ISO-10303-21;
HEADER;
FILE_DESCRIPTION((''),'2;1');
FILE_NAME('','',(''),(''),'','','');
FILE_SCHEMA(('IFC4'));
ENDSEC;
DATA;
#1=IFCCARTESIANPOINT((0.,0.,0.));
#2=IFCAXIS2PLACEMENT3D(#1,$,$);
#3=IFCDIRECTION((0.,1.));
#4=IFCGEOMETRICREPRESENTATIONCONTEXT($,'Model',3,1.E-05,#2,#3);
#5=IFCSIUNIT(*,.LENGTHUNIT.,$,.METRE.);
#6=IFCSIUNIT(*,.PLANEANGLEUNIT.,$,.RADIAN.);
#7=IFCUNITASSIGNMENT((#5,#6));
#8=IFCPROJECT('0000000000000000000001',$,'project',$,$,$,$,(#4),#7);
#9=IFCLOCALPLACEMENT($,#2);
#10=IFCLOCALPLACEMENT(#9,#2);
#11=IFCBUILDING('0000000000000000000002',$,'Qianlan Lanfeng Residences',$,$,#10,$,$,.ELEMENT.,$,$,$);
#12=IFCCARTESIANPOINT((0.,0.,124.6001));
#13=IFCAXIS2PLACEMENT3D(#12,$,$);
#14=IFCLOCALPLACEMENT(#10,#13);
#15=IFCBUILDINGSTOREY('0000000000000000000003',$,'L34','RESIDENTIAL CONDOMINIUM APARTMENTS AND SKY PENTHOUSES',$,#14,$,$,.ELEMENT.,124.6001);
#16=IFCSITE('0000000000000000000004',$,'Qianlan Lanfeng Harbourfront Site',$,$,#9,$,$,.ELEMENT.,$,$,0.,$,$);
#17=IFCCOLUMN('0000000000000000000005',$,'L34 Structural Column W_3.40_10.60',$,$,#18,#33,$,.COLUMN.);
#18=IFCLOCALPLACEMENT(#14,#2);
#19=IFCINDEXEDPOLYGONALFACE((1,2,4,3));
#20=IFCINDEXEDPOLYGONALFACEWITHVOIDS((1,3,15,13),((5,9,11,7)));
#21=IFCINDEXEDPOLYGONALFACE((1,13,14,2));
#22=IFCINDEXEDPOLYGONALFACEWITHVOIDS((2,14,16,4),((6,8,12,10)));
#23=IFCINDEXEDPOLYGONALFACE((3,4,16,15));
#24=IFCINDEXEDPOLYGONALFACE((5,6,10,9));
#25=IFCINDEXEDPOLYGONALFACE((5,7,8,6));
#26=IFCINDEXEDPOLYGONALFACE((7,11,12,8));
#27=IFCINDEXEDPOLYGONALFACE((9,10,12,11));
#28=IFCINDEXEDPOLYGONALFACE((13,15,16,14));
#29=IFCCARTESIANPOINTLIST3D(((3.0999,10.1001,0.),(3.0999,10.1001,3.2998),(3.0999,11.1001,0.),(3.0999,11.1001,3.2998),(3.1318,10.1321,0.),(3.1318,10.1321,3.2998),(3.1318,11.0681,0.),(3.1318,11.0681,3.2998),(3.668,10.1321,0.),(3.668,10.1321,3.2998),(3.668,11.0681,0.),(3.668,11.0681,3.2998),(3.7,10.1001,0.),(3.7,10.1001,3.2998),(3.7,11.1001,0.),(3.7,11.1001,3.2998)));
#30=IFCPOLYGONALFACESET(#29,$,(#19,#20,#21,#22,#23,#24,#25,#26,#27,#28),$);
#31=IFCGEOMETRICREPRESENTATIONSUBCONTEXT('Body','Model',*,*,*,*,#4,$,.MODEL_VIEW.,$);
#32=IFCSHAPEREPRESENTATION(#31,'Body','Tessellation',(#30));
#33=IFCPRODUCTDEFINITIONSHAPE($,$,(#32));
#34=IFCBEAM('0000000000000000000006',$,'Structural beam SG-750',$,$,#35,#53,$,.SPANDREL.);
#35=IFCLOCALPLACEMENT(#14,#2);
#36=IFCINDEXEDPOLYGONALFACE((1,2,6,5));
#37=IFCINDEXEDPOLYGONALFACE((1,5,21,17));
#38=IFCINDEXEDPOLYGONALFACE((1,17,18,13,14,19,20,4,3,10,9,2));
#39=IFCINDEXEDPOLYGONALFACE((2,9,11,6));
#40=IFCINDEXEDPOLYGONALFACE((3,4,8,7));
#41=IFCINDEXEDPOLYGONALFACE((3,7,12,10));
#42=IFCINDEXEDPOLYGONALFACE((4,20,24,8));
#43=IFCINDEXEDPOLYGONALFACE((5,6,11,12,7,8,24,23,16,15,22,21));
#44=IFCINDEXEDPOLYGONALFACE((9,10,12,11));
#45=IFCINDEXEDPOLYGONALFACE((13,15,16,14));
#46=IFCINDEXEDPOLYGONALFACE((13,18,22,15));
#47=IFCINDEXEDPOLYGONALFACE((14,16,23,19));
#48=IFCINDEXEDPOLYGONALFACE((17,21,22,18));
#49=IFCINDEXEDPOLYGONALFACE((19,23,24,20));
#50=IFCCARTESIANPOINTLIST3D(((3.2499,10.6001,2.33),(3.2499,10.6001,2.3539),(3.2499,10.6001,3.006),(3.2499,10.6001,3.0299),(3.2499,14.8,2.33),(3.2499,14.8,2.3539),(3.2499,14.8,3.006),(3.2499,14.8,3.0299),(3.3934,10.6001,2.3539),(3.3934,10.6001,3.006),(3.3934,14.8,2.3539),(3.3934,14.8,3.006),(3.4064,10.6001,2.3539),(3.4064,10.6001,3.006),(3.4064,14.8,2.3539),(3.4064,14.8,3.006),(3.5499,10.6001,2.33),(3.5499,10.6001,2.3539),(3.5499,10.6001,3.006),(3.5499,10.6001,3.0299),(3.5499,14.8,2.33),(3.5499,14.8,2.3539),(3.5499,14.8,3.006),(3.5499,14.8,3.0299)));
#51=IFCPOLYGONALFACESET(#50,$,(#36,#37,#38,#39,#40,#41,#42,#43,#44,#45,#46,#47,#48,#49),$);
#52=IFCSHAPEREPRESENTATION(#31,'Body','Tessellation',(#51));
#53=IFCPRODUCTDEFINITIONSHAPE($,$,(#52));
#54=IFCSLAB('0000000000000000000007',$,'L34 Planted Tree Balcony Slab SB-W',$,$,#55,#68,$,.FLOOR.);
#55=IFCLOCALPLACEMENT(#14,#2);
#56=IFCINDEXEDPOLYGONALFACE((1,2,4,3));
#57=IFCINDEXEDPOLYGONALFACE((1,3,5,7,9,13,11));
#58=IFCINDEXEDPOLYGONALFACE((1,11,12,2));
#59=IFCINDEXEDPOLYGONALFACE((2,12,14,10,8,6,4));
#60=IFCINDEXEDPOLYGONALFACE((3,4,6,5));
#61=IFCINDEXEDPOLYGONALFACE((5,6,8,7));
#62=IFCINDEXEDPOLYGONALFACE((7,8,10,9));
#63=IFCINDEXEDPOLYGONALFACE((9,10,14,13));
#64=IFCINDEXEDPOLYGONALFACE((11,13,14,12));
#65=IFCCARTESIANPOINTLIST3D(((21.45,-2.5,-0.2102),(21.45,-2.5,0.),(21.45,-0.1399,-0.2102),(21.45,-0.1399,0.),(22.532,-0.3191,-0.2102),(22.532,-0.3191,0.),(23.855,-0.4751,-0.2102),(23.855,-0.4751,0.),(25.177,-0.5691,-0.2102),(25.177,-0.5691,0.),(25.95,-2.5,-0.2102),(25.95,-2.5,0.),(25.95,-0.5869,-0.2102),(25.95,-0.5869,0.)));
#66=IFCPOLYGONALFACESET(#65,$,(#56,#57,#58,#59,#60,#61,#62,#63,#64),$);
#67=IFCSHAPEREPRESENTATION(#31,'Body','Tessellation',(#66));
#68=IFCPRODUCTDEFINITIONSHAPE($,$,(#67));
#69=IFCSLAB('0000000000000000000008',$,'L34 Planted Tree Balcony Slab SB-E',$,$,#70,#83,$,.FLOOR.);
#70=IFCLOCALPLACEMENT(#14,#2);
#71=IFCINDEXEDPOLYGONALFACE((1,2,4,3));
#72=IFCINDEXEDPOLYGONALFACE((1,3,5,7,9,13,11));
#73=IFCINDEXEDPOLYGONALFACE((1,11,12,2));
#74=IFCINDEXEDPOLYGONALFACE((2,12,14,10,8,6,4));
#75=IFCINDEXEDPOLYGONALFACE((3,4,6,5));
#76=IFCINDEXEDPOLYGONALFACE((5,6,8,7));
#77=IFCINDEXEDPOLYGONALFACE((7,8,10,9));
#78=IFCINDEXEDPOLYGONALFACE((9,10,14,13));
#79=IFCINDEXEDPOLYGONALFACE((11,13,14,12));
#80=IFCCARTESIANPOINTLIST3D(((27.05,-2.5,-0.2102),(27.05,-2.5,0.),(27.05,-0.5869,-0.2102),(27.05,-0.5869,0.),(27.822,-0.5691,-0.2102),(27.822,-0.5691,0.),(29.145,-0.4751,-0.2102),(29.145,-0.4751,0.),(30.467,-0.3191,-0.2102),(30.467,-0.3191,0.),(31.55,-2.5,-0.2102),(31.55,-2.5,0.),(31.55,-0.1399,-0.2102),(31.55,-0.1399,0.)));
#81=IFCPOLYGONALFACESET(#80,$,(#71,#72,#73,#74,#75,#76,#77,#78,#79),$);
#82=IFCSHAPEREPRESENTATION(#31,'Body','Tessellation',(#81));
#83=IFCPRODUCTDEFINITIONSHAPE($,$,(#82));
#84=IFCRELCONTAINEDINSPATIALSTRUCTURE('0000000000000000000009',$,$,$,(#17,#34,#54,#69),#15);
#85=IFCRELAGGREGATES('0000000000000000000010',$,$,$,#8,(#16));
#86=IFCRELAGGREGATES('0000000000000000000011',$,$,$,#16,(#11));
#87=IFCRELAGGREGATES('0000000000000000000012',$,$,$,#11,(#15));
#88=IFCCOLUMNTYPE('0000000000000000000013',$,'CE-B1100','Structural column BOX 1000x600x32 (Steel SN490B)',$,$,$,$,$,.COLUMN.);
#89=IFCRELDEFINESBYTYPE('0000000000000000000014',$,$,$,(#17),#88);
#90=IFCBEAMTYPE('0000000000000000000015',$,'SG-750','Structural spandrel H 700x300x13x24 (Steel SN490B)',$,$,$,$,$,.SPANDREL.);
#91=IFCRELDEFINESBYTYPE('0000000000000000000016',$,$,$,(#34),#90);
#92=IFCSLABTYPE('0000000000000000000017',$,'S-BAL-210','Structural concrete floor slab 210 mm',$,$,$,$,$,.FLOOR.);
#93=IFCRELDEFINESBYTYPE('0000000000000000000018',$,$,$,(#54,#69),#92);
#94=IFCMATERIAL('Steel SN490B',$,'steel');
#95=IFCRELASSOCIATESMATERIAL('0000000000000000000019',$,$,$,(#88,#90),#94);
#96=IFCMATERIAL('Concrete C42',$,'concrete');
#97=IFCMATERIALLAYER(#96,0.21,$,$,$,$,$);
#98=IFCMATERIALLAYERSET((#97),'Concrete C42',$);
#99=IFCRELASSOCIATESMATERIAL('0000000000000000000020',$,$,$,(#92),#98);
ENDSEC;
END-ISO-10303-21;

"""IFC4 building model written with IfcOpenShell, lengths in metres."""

from ifc_helpers import new_model, si_unit, direction, frame, origin, origin_2d, place, context, subcontext, project, spatial, polyline, hollow_rectangle, i_section, outline, extrude, material, layer, layer_set, material_profile, profile_set, type_object, element, save


model = new_model("IFC4")

# Units and contexts
model_context = context("Model", 3, precision=1e-05, world=origin(), true_north=direction((0.0, 1.0)))
body_context = subcontext(model_context, "Body", "Model", "MODEL_VIEW")
ifc_project = project(units=[si_unit("LENGTHUNIT", "METRE"), si_unit("PLANEANGLEUNIT", "RADIAN")], contexts=[model_context])

# Site, building, storey
site_placement = place(None, origin())
site = spatial("IfcSite", under=ifc_project, at=site_placement, Name="Qianlan Lanfeng Harbourfront Site", CompositionType="ELEMENT", RefElevation=0.0)
building_placement = place(site_placement, origin())
building = spatial("IfcBuilding", under=site, at=building_placement, Name="Qianlan Lanfeng Residences", CompositionType="ELEMENT")
storey_placement = place(building_placement, frame((0.0, 0.0, 124.6001)))
storey = spatial("IfcBuildingStorey", under=building, at=storey_placement, Name="L34", Description="RESIDENTIAL CONDOMINIUM APARTMENTS AND SKY PENTHOUSES", CompositionType="ELEMENT", Elevation=124.6001)

# Column
ifc_material_1 = material(Name="Steel SN490B", Category="steel")
ifc_material_profile_1 = material_profile(ifc_material_1, hollow_rectangle(XDim=0.6001, YDim=1.0, WallThickness=0.032, at=origin_2d()), Name="BOX 1000x600x32")
ifc_profile_set_1 = profile_set([ifc_material_profile_1], Name="Steel SN490B")
column_type = type_object("IfcColumnType", Name="CE-B1100", Description="Structural column BOX 1000x600x32 (Steel SN490B)", PredefinedType="COLUMN", material=ifc_profile_set_1)
column_placement = place(storey_placement, frame((3.3999, 10.6001, 0.0), z_axis=(0.0, 0.0, 1.0), x_axis=(1.0, 0.0, 0.0)))
element("IfcColumn", 1, at=column_placement, inside=storey, type_object=column_type, Name="L34 Structural Column W_3.40_10.60", PredefinedType="COLUMN", context=body_context, shape_type="SweptSolid", body=[
    extrude(hollow_rectangle(XDim=0.6001, YDim=1.0, WallThickness=0.032, at=origin_2d()), origin(), (0.0, 0.0, 1.0), 3.2998),
])

# Beam
ifc_material_profile_2 = material_profile(ifc_material_1, i_section(OverallWidth=0.3, OverallDepth=0.7, WebThickness=0.0129, FlangeThickness=0.0239, at=origin_2d()), Name="H 700x300x13x24")
ifc_profile_set_2 = profile_set([ifc_material_profile_2], Name="Steel SN490B")
beam_type = type_object("IfcBeamType", Name="SG-750", Description="Structural spandrel H 700x300x13x24 (Steel SN490B)", PredefinedType="SPANDREL", material=ifc_profile_set_2)
beam_placement = place(storey_placement, frame((3.3999, 10.6001, 2.6799), z_axis=(0.0, 1.0, 0.0), x_axis=(-1.0, 0.0, 0.0)))
element("IfcBeam", 2, at=beam_placement, inside=storey, type_object=beam_type, Name="Structural beam SG-750", PredefinedType="SPANDREL", context=body_context, shape_type="SweptSolid", body=[
    extrude(i_section(OverallWidth=0.3, OverallDepth=0.7, WebThickness=0.0129, FlangeThickness=0.0239, at=origin_2d()), origin(), (0.0, 0.0, 1.0), 4.2),
])

# Slabs
ifc_material_2 = material(Name="Concrete C42", Category="concrete")
ifc_layer_1 = layer(ifc_material_2, 0.21)
ifc_layer_set_1 = layer_set([ifc_layer_1], Name="Concrete C42")
slab_type_1 = type_object("IfcSlabType", Name="S-BAL-210", Description="Structural concrete floor slab 210 mm", PredefinedType="FLOOR", material=ifc_layer_set_1)
slab_1_placement = place(storey_placement, frame((0.0, 0.0, -0.2102)))
element("IfcSlab", 3, at=slab_1_placement, inside=storey, type_object=slab_type_1, Name="L34 Planted Tree Balcony Slab SB-W", PredefinedType="FLOOR", context=body_context, shape_type="SweptSolid", body=[
    extrude(outline(polyline([(25.95, -0.5869), (25.177, -0.5691), (23.855, -0.4751), (22.532, -0.3191), (21.45, -0.1399), (21.45, -2.5), (25.95, -2.5), (25.95, -0.5869)])), origin(), (0.0, 0.0, 1.0), 0.2102),
])
slab_2_placement = place(storey_placement, frame((0.0, 0.0, -0.2102)))
element("IfcSlab", 4, at=slab_2_placement, inside=storey, type_object=slab_type_1, Name="L34 Planted Tree Balcony Slab SB-E", PredefinedType="FLOOR", context=body_context, shape_type="SweptSolid", body=[
    extrude(outline(polyline([(31.55, -0.1399), (30.467, -0.3191), (29.145, -0.4751), (27.822, -0.5691), (27.05, -0.5869), (27.05, -2.5), (31.55, -2.5), (31.55, -0.1399)])), origin(), (0.0, 0.0, 1.0), 0.2102),
])

save(model, "model.ifc")
